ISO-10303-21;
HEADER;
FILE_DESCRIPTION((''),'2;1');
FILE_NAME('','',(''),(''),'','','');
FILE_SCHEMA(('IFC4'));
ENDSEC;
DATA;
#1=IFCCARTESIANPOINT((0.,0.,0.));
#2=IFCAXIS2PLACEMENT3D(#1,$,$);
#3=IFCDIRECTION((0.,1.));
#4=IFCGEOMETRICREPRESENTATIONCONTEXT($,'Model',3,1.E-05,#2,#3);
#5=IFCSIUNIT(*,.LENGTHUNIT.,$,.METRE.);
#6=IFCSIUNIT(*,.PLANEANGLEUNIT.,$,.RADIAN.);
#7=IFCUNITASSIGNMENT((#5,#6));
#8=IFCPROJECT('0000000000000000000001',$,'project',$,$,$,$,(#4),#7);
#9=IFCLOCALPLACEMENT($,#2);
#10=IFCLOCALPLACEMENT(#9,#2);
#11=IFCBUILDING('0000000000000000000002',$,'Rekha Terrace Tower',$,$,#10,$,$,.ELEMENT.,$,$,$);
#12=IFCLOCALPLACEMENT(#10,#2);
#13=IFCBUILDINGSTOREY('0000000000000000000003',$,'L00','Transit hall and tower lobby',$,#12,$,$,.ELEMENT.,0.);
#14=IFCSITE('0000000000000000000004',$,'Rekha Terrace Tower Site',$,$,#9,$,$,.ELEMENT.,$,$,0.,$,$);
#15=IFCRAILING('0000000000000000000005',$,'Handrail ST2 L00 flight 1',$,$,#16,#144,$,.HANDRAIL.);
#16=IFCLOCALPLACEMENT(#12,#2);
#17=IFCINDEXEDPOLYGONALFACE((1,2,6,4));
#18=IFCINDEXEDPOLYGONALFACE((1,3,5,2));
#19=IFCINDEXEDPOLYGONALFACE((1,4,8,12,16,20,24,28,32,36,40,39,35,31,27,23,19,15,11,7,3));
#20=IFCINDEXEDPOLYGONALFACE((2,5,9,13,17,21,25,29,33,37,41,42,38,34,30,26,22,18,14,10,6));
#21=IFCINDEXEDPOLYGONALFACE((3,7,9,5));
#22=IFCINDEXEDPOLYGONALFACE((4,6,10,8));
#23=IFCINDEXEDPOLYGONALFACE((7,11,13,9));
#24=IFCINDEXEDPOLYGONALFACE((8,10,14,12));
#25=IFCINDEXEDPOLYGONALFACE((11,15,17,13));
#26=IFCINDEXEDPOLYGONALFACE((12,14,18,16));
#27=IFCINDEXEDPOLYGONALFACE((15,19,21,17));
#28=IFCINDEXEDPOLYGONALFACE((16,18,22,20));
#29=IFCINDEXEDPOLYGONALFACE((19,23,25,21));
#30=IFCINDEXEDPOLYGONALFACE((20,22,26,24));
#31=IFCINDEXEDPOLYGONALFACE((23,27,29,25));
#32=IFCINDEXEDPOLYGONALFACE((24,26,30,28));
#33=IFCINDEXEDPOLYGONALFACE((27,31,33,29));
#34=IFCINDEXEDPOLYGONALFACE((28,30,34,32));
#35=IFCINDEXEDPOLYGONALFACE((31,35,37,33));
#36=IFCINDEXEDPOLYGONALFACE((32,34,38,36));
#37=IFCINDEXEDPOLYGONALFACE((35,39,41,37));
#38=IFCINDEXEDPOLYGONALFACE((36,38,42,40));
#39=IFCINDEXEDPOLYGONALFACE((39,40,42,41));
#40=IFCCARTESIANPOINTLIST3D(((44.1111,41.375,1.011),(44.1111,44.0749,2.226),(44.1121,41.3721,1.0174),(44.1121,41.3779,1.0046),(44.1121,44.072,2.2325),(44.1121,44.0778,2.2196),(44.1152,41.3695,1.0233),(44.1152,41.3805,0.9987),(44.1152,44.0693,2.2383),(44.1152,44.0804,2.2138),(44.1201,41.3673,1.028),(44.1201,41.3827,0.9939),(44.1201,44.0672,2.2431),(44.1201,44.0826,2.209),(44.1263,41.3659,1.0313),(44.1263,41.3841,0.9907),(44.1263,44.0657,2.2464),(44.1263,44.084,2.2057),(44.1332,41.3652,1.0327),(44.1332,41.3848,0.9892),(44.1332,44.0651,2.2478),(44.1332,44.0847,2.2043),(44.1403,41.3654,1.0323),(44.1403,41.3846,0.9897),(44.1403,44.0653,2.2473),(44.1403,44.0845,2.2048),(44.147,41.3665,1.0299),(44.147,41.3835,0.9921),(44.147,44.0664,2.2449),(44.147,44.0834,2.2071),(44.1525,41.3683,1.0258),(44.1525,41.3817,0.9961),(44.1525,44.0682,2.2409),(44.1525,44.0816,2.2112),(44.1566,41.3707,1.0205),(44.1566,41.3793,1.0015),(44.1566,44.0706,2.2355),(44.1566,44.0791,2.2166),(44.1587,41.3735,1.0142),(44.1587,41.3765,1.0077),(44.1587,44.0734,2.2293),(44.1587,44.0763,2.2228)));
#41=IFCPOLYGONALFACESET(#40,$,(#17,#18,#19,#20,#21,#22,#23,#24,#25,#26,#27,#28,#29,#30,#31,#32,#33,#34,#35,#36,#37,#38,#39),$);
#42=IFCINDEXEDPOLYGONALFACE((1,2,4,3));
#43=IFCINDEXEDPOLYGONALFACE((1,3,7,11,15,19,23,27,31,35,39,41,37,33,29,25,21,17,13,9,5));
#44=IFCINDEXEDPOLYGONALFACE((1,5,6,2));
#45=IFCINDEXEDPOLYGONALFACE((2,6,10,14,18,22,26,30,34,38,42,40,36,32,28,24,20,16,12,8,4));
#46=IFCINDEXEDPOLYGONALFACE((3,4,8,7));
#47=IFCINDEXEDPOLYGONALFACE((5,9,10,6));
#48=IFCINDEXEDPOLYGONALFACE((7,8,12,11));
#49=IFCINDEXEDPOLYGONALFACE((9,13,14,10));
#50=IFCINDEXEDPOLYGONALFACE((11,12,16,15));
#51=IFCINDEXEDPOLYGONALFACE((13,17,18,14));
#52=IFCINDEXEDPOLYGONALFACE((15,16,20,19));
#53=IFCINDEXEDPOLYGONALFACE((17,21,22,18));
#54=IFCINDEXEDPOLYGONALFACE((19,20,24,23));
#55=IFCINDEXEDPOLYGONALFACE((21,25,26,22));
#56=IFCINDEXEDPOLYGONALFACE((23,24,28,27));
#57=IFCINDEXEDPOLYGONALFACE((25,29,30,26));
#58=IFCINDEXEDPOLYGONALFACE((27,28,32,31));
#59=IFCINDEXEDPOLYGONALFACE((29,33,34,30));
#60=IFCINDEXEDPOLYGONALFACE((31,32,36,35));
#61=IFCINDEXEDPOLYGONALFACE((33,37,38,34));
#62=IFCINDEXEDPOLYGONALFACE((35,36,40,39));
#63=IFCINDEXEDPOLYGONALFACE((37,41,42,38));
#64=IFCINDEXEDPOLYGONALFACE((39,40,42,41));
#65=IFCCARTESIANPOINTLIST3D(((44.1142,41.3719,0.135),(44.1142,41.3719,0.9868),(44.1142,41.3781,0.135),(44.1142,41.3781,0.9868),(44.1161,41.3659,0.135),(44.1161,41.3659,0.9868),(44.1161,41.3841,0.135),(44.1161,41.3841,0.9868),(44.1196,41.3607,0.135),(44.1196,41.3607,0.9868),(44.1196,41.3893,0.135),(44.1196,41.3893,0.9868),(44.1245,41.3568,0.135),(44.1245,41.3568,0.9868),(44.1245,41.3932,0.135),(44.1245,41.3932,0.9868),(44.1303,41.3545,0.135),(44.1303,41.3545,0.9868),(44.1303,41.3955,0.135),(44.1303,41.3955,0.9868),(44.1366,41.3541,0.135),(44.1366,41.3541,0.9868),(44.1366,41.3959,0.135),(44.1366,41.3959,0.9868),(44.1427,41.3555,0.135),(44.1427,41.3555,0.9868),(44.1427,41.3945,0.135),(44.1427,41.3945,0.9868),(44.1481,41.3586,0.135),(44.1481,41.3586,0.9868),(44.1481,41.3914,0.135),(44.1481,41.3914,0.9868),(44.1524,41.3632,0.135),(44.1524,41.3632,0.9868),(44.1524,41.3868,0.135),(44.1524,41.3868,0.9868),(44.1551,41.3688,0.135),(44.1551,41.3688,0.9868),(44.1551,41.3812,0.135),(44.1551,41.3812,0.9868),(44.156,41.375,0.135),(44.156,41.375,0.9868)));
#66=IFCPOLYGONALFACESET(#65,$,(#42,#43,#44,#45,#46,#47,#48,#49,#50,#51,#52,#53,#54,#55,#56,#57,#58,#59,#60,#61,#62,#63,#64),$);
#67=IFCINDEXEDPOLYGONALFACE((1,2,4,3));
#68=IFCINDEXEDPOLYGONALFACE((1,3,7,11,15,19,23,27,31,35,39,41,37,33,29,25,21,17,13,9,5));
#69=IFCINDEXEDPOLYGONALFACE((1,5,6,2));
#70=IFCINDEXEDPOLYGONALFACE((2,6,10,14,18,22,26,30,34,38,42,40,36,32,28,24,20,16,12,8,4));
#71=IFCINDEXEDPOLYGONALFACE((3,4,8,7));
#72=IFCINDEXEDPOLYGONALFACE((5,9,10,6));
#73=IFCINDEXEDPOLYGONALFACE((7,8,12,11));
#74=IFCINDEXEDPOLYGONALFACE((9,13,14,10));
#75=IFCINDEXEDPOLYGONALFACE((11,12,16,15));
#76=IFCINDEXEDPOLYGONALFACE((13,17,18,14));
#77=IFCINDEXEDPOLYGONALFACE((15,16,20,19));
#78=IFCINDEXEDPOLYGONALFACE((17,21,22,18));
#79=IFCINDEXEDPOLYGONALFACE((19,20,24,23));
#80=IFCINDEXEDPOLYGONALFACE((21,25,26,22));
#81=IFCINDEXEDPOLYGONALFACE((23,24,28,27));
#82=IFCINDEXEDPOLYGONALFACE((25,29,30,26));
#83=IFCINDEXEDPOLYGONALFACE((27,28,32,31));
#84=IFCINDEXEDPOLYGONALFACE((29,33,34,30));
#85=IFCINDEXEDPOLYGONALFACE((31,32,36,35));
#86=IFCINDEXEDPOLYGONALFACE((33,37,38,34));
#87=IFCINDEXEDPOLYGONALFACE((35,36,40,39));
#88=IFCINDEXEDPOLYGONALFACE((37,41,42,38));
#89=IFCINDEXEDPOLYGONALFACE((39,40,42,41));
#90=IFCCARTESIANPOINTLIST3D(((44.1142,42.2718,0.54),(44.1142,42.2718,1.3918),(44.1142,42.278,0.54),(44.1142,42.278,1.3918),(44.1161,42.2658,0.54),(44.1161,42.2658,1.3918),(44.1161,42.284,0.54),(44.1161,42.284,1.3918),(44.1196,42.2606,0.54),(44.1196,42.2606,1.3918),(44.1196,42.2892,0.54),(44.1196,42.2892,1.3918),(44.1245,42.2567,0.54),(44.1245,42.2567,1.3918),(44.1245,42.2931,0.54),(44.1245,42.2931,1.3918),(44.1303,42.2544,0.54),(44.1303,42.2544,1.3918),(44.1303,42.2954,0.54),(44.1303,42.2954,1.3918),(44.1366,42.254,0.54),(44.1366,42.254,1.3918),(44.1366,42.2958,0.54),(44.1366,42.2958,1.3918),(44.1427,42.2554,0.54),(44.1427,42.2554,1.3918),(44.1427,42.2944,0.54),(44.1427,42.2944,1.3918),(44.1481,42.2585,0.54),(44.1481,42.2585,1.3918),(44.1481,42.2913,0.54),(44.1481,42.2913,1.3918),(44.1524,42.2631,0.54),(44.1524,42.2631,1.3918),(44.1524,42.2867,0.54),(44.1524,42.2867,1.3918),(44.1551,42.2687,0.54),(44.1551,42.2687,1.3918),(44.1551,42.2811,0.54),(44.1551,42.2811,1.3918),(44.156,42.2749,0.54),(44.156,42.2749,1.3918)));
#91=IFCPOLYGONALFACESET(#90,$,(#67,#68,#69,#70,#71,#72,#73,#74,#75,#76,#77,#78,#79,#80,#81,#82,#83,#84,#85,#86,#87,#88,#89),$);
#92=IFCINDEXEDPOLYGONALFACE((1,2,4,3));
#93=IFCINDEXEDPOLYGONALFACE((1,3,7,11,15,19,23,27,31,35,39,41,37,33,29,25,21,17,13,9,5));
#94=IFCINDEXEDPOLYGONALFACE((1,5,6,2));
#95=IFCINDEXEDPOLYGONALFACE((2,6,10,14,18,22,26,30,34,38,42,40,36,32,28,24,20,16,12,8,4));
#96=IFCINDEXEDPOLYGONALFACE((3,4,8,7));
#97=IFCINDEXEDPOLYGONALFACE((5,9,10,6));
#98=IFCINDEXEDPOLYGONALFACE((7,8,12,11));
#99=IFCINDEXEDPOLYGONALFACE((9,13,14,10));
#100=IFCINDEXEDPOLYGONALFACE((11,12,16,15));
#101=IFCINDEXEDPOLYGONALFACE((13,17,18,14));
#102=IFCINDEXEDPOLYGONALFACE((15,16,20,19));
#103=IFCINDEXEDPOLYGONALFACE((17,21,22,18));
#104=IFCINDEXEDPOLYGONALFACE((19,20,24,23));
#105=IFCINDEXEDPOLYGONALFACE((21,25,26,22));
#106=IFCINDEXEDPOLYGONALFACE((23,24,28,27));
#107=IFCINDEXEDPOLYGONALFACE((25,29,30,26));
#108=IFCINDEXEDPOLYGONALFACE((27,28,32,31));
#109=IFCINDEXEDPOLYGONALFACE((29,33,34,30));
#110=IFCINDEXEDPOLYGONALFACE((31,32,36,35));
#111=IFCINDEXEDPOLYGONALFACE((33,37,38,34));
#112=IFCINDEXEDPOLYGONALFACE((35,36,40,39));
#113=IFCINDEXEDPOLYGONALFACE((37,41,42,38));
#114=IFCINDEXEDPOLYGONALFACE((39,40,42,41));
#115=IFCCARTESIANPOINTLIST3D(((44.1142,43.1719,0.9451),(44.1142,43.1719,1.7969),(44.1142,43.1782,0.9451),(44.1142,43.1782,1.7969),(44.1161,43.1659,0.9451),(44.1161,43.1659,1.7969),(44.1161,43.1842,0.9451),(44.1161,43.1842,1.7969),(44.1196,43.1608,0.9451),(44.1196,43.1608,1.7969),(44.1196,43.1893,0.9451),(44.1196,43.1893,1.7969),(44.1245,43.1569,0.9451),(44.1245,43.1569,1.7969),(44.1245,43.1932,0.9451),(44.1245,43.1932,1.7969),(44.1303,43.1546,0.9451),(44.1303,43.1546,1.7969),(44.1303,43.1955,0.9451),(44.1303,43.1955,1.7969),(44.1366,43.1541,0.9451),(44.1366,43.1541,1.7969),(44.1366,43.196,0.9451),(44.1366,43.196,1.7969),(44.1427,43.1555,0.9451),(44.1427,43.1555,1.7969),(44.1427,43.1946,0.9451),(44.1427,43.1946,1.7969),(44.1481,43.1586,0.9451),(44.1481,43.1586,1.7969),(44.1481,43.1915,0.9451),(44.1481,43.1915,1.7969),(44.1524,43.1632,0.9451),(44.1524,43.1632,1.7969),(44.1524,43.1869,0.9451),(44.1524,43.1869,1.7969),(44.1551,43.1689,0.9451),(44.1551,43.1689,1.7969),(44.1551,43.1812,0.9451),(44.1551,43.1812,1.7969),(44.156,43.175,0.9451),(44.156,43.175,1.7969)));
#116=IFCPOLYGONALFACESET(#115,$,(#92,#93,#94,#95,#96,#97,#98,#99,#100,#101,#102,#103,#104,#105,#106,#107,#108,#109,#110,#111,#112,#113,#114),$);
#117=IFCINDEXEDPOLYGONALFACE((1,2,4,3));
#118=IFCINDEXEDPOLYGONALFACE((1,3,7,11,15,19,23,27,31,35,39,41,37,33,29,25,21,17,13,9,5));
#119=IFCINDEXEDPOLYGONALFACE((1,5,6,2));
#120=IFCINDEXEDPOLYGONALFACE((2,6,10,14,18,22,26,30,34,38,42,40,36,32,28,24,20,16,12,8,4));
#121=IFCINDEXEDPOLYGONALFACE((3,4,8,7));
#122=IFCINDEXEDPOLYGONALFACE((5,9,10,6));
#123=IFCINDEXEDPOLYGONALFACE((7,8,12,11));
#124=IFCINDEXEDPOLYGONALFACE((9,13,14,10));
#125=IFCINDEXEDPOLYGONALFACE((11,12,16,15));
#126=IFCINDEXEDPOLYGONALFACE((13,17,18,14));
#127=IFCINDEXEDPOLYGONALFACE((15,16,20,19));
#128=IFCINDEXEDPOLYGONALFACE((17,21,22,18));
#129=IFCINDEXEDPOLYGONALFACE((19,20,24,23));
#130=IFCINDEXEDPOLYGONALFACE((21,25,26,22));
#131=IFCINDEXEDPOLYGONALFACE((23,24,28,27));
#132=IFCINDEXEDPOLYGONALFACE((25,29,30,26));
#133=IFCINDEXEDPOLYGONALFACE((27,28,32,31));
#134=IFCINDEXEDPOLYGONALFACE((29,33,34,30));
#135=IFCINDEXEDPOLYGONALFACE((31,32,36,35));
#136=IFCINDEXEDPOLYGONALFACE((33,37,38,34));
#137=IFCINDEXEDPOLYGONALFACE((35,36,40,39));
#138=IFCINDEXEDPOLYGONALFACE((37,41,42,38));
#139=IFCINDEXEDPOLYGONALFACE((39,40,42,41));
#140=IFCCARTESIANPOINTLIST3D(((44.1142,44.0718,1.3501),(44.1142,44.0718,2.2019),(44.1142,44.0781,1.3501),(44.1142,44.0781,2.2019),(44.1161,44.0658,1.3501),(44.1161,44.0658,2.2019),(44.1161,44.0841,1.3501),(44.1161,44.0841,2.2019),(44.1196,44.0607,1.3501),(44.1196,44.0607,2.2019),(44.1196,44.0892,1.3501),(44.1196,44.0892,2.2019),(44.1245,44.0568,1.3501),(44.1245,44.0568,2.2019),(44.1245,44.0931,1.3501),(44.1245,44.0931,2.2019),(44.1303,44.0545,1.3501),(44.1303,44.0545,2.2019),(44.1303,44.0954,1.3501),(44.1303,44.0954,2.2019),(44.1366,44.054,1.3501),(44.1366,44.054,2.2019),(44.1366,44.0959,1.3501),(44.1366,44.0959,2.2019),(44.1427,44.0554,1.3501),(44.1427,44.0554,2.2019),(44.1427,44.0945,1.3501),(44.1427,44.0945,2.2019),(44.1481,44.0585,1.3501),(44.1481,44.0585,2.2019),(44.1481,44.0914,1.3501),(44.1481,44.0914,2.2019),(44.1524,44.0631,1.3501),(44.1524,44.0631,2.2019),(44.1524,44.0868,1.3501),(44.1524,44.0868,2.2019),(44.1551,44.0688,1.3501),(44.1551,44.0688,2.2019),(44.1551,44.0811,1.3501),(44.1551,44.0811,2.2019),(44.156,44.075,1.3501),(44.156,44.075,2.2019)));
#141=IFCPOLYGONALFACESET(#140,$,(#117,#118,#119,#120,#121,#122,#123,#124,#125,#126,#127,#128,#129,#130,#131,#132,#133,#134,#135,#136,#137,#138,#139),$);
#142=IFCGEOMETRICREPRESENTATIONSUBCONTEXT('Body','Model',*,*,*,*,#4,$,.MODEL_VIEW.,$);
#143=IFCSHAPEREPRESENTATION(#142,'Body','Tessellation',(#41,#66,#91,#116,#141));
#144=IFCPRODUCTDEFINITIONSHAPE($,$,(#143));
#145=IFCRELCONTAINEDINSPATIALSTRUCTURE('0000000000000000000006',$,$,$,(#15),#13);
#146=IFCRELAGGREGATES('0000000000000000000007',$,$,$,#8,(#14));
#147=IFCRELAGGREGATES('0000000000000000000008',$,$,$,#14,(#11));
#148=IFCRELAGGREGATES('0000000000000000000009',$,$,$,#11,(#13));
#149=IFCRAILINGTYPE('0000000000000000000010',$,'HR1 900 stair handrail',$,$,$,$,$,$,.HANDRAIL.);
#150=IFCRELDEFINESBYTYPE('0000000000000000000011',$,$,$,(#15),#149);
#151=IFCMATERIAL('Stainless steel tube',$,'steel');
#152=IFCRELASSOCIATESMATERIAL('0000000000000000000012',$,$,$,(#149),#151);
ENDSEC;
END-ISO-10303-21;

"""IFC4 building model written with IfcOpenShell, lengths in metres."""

from ifc_helpers import new_model, si_unit, direction, frame, origin, origin_2d, place, context, subcontext, project, spatial, circle, extrude, material, type_object, element, save


model = new_model("IFC4")

# Units and contexts
model_context = context("Model", 3, precision=1e-05, world=origin(), true_north=direction((0.0, 1.0)))
body_context = subcontext(model_context, "Body", "Model", "MODEL_VIEW")
ifc_project = project(units=[si_unit("LENGTHUNIT", "METRE"), si_unit("PLANEANGLEUNIT", "RADIAN")], contexts=[model_context])

# Site, building, storey
site_placement = place(None, origin())
site = spatial("IfcSite", under=ifc_project, at=site_placement, Name="Rekha Terrace Tower Site", CompositionType="ELEMENT", RefElevation=0.0)
building_placement = place(site_placement, origin())
building = spatial("IfcBuilding", under=site, at=building_placement, Name="Rekha Terrace Tower", CompositionType="ELEMENT")
storey_placement = place(building_placement, origin())
storey = spatial("IfcBuildingStorey", under=building, at=storey_placement, Name="L00", Description="Transit hall and tower lobby", CompositionType="ELEMENT", Elevation=0.0)

# Railing
ifc_material_1 = material(Name="Stainless steel tube", Category="steel")
railing_type_1 = type_object("IfcRailingType", Name="HR1 900 stair handrail", PredefinedType="HANDRAIL", material=ifc_material_1)
railing_1_placement = place(storey_placement, frame((44.135, 41.375, 0.135)))
element("IfcRailing", 1, at=railing_1_placement, inside=storey, type_object=railing_type_1, Name="Handrail ST2 L00 flight 1", PredefinedType="HANDRAIL", context=body_context, shape_type="SweptSolid", body=[
    extrude(circle(Radius=0.0239, at=origin_2d()), frame((0.0, 0.0, 0.876), z_axis=(0.0, 0.911908, 0.410396), x_axis=(-1.0, 0.0, 0.0)), (0.0, 0.0, 1.0), 2.9607),
    extrude(circle(Radius=0.021, at=origin_2d()), origin(), (0.0, 0.0, 1.0), 0.8518),
    extrude(circle(Radius=0.021, at=origin_2d()), frame((0.0, 0.8999, 0.405)), (0.0, 0.0, 1.0), 0.8518),
    extrude(circle(Radius=0.021, at=origin_2d()), frame((0.0, 1.8, 0.8101)), (0.0, 0.0, 1.0), 0.8518),
    extrude(circle(Radius=0.021, at=origin_2d()), frame((0.0, 2.7, 1.2151)), (0.0, 0.0, 1.0), 0.8518),
])

save(model, "model.ifc")
